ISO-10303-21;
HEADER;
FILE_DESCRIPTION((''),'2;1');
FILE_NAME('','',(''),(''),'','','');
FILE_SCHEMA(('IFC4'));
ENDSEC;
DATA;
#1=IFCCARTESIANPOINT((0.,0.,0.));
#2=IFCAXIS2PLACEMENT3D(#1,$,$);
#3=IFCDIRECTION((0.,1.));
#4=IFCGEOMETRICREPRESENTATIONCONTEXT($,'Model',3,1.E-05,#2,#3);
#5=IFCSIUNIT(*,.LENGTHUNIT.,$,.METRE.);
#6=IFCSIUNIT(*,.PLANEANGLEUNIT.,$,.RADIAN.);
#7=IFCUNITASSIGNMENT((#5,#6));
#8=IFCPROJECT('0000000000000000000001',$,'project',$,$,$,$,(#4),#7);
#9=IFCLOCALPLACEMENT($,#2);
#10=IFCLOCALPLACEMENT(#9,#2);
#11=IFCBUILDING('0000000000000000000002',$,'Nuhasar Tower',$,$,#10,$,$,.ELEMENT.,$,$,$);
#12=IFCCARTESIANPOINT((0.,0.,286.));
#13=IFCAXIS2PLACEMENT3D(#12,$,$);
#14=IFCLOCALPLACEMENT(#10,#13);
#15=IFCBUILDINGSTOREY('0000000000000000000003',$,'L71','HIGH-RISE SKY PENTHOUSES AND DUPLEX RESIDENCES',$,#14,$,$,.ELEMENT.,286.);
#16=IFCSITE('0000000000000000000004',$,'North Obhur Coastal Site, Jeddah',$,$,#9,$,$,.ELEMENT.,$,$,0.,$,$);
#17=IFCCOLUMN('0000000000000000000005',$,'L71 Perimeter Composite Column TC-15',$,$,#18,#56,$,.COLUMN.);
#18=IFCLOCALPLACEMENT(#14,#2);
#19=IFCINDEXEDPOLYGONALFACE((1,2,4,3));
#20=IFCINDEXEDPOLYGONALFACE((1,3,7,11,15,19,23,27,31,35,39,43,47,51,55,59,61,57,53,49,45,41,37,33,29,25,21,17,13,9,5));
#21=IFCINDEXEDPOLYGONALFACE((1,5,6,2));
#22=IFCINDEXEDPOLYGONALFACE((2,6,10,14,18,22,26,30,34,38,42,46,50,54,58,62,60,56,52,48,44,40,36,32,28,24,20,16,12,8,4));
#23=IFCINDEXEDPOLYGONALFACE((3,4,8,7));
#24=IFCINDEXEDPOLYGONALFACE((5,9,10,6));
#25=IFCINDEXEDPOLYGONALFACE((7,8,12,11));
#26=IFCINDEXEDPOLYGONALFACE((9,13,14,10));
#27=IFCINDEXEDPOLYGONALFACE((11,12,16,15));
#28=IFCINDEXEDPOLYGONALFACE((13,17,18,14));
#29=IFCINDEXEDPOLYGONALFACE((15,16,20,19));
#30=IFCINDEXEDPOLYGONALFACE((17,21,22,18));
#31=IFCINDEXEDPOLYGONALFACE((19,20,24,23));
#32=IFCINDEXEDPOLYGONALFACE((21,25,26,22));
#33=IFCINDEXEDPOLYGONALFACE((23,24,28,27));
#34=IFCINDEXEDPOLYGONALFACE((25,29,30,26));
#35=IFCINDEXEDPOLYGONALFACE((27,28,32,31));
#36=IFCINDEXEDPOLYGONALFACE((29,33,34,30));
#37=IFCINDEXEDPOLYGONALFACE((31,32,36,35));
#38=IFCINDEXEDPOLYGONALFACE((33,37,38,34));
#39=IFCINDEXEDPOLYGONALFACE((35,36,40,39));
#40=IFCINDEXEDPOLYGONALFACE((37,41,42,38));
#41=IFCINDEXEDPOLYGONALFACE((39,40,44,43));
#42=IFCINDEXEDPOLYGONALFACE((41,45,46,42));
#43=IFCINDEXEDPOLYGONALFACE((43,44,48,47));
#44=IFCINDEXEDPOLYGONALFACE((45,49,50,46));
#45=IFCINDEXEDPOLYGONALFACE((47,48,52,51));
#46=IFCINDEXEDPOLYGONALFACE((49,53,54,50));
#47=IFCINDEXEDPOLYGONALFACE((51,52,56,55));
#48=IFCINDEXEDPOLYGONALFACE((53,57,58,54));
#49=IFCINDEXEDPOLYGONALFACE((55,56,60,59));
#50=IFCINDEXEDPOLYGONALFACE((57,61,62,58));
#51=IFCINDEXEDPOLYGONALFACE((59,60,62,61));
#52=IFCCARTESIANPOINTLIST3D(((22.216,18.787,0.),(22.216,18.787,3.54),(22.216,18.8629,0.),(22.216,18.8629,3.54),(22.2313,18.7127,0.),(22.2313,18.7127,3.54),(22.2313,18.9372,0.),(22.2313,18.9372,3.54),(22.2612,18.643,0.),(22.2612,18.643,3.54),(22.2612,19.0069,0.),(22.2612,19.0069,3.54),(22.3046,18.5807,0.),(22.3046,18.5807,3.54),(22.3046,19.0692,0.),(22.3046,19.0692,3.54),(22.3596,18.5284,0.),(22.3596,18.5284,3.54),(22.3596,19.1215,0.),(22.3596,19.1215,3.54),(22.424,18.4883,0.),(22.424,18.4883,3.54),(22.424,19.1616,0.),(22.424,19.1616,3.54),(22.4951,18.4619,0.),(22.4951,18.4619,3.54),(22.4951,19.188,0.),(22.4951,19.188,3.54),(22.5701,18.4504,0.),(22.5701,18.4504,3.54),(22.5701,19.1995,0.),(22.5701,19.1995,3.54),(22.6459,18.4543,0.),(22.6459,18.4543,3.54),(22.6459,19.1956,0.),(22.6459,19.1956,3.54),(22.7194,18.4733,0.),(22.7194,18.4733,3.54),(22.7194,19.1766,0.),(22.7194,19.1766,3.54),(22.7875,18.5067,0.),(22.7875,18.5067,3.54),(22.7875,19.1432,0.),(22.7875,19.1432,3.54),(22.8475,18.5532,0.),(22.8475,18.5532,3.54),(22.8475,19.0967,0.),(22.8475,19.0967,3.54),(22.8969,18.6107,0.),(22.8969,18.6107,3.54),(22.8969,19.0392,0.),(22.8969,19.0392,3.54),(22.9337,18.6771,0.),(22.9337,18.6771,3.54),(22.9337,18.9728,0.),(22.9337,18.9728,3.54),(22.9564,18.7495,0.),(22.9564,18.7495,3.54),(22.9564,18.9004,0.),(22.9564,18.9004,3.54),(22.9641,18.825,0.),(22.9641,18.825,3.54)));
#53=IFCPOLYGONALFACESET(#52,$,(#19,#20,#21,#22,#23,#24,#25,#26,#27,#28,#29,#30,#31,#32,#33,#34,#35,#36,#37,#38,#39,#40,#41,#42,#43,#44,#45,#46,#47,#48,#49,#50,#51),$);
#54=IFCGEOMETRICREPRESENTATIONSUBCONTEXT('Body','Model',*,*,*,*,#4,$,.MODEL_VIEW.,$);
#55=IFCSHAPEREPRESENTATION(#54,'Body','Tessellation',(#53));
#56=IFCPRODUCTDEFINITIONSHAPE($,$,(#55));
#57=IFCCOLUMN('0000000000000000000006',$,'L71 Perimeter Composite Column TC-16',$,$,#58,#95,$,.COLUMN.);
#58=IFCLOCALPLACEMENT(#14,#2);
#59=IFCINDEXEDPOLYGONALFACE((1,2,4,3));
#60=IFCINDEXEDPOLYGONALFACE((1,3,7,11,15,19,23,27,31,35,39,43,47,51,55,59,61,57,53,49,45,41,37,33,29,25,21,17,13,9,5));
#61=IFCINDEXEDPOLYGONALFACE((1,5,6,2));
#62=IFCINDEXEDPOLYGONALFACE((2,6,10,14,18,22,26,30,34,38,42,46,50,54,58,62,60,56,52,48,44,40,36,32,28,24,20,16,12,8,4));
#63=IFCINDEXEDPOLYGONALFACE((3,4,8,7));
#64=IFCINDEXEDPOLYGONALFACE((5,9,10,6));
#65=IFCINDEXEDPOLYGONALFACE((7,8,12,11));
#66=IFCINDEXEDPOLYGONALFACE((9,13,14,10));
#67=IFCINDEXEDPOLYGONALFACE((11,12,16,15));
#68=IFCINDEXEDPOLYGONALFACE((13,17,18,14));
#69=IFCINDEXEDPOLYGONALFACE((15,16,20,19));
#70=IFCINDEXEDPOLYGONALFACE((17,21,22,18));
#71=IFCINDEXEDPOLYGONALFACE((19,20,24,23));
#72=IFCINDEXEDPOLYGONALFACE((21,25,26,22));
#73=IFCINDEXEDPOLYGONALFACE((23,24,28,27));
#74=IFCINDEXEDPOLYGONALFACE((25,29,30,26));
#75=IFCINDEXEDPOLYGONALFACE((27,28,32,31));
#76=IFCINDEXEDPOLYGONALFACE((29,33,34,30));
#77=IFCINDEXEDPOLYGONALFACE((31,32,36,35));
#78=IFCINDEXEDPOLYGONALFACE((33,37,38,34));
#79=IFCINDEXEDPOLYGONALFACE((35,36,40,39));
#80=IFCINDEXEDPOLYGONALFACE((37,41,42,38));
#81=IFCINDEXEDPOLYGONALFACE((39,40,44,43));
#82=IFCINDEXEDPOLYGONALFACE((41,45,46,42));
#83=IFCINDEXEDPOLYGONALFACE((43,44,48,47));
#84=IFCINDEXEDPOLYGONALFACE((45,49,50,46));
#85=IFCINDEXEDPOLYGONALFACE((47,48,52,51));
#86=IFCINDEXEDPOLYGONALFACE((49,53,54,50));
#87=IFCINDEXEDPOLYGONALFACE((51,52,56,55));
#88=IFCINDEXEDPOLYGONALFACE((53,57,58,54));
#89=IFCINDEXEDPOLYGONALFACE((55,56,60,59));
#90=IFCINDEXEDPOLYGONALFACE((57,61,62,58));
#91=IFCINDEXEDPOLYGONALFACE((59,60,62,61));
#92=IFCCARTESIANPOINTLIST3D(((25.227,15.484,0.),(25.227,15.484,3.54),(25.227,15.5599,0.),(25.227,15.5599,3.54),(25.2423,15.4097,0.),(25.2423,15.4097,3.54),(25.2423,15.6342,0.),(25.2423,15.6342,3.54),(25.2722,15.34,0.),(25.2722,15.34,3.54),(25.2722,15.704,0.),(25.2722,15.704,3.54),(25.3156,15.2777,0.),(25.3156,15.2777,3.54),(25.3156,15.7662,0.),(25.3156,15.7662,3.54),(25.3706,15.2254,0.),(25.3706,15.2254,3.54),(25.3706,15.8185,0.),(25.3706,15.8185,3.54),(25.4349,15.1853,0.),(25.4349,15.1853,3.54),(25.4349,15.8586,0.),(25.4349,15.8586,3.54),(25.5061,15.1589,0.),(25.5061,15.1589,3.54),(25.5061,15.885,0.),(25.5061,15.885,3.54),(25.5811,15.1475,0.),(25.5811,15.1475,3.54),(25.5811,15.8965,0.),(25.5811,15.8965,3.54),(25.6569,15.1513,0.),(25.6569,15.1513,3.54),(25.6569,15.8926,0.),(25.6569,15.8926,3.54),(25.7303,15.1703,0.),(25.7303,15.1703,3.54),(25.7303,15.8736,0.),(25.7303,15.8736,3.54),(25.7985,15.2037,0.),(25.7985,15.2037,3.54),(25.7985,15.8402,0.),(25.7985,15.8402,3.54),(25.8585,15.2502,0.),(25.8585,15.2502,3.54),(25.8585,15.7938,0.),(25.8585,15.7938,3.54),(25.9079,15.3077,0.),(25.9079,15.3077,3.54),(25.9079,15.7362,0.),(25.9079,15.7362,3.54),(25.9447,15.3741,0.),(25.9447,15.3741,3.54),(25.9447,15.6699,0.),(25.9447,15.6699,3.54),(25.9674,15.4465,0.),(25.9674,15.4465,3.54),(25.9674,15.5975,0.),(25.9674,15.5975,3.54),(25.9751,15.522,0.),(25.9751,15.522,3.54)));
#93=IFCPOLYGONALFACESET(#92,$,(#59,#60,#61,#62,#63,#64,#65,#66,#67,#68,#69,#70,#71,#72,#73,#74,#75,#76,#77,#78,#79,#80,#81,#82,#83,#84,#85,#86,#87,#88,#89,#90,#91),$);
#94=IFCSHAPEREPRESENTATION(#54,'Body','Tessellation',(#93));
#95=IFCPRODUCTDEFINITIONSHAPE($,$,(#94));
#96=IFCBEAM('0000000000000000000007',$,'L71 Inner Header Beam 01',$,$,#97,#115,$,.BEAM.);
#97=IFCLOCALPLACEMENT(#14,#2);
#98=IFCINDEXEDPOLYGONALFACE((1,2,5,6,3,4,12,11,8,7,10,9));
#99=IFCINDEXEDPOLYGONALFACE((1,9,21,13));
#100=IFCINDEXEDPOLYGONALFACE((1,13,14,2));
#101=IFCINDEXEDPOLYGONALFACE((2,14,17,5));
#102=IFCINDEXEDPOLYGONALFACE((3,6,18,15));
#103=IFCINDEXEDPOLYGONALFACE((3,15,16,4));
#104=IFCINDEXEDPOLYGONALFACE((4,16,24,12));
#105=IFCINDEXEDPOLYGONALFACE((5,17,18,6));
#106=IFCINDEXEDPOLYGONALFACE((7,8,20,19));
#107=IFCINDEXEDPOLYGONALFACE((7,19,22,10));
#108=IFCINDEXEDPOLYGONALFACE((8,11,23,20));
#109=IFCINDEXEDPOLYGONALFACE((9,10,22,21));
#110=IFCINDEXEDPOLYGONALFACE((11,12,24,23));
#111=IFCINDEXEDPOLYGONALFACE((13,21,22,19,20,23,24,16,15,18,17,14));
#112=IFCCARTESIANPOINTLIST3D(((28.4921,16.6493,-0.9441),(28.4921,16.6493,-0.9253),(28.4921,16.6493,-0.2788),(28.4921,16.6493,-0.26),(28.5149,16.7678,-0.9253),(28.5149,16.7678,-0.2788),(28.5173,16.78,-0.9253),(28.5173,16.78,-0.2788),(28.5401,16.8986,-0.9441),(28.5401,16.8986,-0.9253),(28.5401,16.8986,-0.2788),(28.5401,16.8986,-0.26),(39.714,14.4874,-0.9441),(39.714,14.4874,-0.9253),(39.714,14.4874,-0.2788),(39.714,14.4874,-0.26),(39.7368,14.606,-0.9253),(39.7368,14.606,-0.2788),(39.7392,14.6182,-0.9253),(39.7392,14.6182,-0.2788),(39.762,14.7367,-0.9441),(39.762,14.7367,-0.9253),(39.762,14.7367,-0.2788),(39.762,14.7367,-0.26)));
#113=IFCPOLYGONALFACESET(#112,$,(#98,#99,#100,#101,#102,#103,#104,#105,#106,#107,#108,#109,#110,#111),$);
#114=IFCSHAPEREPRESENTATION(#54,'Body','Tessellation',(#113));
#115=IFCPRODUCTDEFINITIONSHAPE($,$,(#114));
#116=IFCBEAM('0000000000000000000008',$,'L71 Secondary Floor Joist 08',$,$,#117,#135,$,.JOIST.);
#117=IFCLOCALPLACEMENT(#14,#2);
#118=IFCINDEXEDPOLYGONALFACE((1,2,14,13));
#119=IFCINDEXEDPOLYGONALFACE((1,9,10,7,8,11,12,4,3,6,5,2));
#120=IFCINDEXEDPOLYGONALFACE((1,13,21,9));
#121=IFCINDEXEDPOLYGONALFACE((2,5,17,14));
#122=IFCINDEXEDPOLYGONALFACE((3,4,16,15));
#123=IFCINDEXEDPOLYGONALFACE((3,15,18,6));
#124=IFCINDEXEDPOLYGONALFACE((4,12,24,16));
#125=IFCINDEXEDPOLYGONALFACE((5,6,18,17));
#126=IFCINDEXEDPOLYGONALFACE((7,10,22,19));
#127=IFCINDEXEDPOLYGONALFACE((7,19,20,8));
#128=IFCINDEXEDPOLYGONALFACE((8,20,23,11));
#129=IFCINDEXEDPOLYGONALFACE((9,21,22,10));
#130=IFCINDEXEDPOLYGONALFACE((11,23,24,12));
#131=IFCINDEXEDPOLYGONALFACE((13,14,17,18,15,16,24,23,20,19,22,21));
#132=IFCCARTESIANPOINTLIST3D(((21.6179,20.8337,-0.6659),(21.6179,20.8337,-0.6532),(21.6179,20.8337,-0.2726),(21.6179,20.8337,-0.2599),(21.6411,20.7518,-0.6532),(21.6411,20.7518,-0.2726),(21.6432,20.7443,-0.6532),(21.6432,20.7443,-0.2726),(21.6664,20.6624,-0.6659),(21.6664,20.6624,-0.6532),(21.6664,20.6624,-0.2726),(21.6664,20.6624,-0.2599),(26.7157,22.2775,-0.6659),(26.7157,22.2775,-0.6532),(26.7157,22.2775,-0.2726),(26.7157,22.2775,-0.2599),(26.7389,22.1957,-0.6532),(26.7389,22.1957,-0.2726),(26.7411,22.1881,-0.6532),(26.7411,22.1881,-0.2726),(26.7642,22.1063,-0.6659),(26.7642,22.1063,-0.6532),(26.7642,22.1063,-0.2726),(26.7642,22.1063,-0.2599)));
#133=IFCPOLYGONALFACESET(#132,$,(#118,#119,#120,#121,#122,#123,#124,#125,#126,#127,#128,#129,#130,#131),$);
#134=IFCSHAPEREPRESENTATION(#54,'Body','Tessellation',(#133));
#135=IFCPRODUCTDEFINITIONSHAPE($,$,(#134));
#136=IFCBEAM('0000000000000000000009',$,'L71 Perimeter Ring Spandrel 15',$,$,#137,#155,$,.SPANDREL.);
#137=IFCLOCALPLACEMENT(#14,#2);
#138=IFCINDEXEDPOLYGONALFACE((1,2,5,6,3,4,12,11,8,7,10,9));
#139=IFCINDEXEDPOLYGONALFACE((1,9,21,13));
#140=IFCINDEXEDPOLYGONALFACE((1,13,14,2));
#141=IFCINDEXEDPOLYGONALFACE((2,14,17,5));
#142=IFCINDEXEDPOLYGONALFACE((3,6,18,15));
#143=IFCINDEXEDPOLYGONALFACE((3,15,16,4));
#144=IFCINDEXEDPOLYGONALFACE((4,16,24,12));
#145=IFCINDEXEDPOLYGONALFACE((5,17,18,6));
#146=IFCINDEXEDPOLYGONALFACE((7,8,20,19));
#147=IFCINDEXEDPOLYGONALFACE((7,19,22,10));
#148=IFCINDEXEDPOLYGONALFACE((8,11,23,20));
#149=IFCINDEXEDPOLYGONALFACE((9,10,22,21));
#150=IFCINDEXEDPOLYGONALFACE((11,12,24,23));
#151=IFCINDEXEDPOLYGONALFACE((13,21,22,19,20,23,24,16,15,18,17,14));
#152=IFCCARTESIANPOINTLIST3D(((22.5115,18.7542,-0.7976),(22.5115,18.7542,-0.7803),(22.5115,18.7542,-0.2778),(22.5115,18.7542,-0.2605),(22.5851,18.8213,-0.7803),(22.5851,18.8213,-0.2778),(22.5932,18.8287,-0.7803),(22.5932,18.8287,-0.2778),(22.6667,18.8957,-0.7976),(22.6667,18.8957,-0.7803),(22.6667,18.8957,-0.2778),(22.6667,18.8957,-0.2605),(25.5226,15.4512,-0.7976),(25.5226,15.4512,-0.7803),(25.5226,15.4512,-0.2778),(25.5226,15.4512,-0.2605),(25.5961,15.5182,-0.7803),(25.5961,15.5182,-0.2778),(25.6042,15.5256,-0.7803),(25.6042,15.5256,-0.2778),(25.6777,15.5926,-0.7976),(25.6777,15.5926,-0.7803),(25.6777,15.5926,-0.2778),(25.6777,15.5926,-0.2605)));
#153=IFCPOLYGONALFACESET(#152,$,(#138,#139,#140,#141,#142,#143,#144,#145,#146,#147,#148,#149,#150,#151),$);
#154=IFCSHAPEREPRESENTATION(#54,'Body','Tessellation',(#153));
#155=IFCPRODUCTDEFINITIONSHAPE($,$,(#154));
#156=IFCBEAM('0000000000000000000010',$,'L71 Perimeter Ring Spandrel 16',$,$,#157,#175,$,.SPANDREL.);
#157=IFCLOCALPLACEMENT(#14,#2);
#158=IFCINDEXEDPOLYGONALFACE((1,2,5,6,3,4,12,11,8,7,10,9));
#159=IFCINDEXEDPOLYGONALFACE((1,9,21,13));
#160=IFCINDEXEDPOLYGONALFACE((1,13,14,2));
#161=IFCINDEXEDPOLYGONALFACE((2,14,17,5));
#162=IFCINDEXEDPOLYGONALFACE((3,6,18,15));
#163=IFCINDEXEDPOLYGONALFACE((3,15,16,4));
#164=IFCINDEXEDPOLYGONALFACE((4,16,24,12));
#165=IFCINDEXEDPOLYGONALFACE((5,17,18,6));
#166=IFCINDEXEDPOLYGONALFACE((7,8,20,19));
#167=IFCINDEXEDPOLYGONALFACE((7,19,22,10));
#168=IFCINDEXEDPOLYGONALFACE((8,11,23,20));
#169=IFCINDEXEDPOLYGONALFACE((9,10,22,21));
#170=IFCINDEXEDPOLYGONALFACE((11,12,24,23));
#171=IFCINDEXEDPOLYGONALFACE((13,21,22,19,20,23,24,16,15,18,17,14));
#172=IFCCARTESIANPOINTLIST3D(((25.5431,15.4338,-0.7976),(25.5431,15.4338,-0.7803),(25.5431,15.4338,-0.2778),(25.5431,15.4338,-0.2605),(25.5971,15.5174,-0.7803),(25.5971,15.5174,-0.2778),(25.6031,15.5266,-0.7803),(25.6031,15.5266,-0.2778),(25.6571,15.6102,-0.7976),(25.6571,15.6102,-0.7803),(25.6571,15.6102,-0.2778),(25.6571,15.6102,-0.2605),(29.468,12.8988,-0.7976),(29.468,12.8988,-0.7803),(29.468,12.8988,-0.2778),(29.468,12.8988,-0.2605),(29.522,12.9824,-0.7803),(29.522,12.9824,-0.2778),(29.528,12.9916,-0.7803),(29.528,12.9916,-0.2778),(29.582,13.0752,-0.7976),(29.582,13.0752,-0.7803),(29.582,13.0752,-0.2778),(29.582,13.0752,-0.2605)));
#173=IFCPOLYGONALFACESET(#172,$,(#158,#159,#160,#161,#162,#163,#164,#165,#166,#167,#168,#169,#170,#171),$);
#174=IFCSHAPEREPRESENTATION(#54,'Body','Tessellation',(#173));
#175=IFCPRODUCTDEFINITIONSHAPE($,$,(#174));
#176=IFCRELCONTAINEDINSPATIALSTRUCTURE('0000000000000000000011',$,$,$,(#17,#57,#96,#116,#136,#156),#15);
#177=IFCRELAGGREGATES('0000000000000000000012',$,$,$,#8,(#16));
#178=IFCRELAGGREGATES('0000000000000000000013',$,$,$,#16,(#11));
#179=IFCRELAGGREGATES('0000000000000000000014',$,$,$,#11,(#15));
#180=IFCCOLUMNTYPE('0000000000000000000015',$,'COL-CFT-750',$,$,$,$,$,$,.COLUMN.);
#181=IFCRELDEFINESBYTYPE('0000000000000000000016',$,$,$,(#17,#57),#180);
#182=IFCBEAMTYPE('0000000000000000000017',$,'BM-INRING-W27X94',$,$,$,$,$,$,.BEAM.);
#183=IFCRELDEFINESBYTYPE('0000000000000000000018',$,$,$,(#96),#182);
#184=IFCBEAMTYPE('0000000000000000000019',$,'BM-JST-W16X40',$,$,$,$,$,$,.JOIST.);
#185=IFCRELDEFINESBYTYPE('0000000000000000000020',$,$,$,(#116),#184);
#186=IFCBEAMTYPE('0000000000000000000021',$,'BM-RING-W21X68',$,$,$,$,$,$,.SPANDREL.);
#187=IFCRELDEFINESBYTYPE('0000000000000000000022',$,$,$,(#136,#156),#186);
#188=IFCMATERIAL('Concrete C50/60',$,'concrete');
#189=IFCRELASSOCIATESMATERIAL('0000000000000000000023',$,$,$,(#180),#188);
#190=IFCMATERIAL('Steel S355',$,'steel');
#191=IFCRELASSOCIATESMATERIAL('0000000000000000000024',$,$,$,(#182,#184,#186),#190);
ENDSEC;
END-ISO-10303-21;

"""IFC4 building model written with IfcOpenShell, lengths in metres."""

from ifc_helpers import new_model, si_unit, direction, frame, origin, origin_2d, place, context, subcontext, project, spatial, circle, i_section, extrude, material, material_profile, profile_set, type_object, element, save


model = new_model("IFC4")

# Units and contexts
model_context = context("Model", 3, precision=1e-05, world=origin(), true_north=direction((0.0, 1.0)))
body_context = subcontext(model_context, "Body", "Model", "MODEL_VIEW")
ifc_project = project(units=[si_unit("LENGTHUNIT", "METRE"), si_unit("PLANEANGLEUNIT", "RADIAN")], contexts=[model_context])

# Site, building, storey
site_placement = place(None, origin())
site = spatial("IfcSite", under=ifc_project, at=site_placement, Name="North Obhur Coastal Site, Jeddah", CompositionType="ELEMENT", RefElevation=0.0)
building_placement = place(site_placement, origin())
building = spatial("IfcBuilding", under=site, at=building_placement, Name="Nuhasar Tower", CompositionType="ELEMENT")
storey_placement = place(building_placement, frame((0.0, 0.0, 286.0)))
storey = spatial("IfcBuildingStorey", under=building, at=storey_placement, Name="L71", Description="HIGH-RISE SKY PENTHOUSES AND DUPLEX RESIDENCES", CompositionType="ELEMENT", Elevation=286.0)

# Columns
ifc_material_1 = material(Name="Concrete C50/60", Category="concrete")
ifc_material_profile_1 = material_profile(ifc_material_1, circle(Radius=0.375, at=origin_2d()), Name="CFT750")
ifc_profile_set_1 = profile_set([ifc_material_profile_1], Name="Concrete C50/60")
column_type = type_object("IfcColumnType", Name="COL-CFT-750", PredefinedType="COLUMN", material=ifc_profile_set_1)
for number, where, z_axis, x_axis, name in (
    (1, (22.5891, 18.825, 0.0), (0.0, 0.0, 1.0), (1.0, 0.0, 0.0), "L71 Perimeter Composite Column TC-15"),
    (2, (25.6001, 15.522, 0.0), (0.0, 0.0, 1.0), (1.0, 0.0, 0.0), "L71 Perimeter Composite Column TC-16"),
):
    element("IfcColumn", number, at=place(storey_placement, frame(where, z_axis=z_axis, x_axis=x_axis)), inside=storey, type_object=column_type, Name=name, PredefinedType="COLUMN", context=body_context, shape_type="SweptSolid", body=[
        extrude(circle(Radius=0.375, at=origin_2d()), origin(), (0.0, 0.0, 1.0), 3.54),
    ])

# Beams
ifc_material_2 = material(Name="Steel S355", Category="steel")
ifc_material_profile_2 = material_profile(ifc_material_2, i_section(OverallWidth=0.2539, OverallDepth=0.6841, WebThickness=0.0125, FlangeThickness=0.0188, at=origin_2d()), Name="W27X94")
ifc_profile_set_2 = profile_set([ifc_material_profile_2], Name="Steel S355")
beam_type_1 = type_object("IfcBeamType", Name="BM-INRING-W27X94", PredefinedType="BEAM", material=ifc_profile_set_2)
beam_1_placement = place(storey_placement, frame((28.5161, 16.7739, -0.6021), z_axis=(0.981945, -0.189168, 0.0), x_axis=(0.189168, 0.981945, 0.0)))
element("IfcBeam", 3, at=beam_1_placement, inside=storey, type_object=beam_type_1, Name="L71 Inner Header Beam 01", PredefinedType="BEAM", context=body_context, shape_type="SweptSolid", body=[
    extrude(i_section(OverallWidth=0.2539, OverallDepth=0.6841, WebThickness=0.0125, FlangeThickness=0.0188, at=origin_2d()), origin(), (0.0, 0.0, 1.0), 11.4282),
])
ifc_material_profile_3 = material_profile(ifc_material_2, i_section(OverallWidth=0.178, OverallDepth=0.406, WebThickness=0.0078, FlangeThickness=0.0127, at=origin_2d()), Name="W16X40")
ifc_profile_set_3 = profile_set([ifc_material_profile_3], Name="Steel S355")
beam_type_2 = type_object("IfcBeamType", Name="BM-JST-W16X40", PredefinedType="JOIST", material=ifc_profile_set_3)
beam_2_placement = place(storey_placement, frame((26.74, 22.1919, -0.4629), z_axis=(-0.962154, -0.272505, 0.0), x_axis=(0.272505, -0.962154, 0.0)))
element("IfcBeam", 4, at=beam_2_placement, inside=storey, type_object=beam_type_2, Name="L71 Secondary Floor Joist 08", PredefinedType="JOIST", context=body_context, shape_type="SweptSolid", body=[
    extrude(i_section(OverallWidth=0.178, OverallDepth=0.406, WebThickness=0.0078, FlangeThickness=0.0127, at=origin_2d()), origin(), (0.0, 0.0, 1.0), 5.2983),
])
ifc_material_profile_4 = material_profile(ifc_material_2, i_section(OverallWidth=0.21, OverallDepth=0.5371, WebThickness=0.011, FlangeThickness=0.0173, at=origin_2d()), Name="W21X68")
ifc_profile_set_4 = profile_set([ifc_material_profile_4], Name="Steel S355")
beam_type_3 = type_object("IfcBeamType", Name="BM-RING-W21X68", PredefinedType="SPANDREL", material=ifc_profile_set_4)
beam_3_placement = place(storey_placement, frame((22.5891, 18.825, -0.5291), z_axis=(0.673686, -0.739017, 0.0), x_axis=(0.739017, 0.673686, 0.0)))
element("IfcBeam", 5, at=beam_3_placement, inside=storey, type_object=beam_type_3, Name="L71 Perimeter Ring Spandrel 15", PredefinedType="SPANDREL", context=body_context, shape_type="SweptSolid", body=[
    extrude(i_section(OverallWidth=0.21, OverallDepth=0.5371, WebThickness=0.011, FlangeThickness=0.0173, at=origin_2d()), origin(), (0.0, 0.0, 1.0), 4.4695),
])
beam_4_placement = place(storey_placement, frame((25.6001, 15.522, -0.5291), z_axis=(0.840025, -0.542547, 0.0), x_axis=(0.542547, 0.840025, 0.0)))
element("IfcBeam", 6, at=beam_4_placement, inside=storey, type_object=beam_type_3, Name="L71 Perimeter Ring Spandrel 16", PredefinedType="SPANDREL", context=body_context, shape_type="SweptSolid", body=[
    extrude(i_section(OverallWidth=0.21, OverallDepth=0.5371, WebThickness=0.011, FlangeThickness=0.0173, at=origin_2d()), origin(), (0.0, 0.0, 1.0), 4.6724),
])

save(model, "model.ifc")
